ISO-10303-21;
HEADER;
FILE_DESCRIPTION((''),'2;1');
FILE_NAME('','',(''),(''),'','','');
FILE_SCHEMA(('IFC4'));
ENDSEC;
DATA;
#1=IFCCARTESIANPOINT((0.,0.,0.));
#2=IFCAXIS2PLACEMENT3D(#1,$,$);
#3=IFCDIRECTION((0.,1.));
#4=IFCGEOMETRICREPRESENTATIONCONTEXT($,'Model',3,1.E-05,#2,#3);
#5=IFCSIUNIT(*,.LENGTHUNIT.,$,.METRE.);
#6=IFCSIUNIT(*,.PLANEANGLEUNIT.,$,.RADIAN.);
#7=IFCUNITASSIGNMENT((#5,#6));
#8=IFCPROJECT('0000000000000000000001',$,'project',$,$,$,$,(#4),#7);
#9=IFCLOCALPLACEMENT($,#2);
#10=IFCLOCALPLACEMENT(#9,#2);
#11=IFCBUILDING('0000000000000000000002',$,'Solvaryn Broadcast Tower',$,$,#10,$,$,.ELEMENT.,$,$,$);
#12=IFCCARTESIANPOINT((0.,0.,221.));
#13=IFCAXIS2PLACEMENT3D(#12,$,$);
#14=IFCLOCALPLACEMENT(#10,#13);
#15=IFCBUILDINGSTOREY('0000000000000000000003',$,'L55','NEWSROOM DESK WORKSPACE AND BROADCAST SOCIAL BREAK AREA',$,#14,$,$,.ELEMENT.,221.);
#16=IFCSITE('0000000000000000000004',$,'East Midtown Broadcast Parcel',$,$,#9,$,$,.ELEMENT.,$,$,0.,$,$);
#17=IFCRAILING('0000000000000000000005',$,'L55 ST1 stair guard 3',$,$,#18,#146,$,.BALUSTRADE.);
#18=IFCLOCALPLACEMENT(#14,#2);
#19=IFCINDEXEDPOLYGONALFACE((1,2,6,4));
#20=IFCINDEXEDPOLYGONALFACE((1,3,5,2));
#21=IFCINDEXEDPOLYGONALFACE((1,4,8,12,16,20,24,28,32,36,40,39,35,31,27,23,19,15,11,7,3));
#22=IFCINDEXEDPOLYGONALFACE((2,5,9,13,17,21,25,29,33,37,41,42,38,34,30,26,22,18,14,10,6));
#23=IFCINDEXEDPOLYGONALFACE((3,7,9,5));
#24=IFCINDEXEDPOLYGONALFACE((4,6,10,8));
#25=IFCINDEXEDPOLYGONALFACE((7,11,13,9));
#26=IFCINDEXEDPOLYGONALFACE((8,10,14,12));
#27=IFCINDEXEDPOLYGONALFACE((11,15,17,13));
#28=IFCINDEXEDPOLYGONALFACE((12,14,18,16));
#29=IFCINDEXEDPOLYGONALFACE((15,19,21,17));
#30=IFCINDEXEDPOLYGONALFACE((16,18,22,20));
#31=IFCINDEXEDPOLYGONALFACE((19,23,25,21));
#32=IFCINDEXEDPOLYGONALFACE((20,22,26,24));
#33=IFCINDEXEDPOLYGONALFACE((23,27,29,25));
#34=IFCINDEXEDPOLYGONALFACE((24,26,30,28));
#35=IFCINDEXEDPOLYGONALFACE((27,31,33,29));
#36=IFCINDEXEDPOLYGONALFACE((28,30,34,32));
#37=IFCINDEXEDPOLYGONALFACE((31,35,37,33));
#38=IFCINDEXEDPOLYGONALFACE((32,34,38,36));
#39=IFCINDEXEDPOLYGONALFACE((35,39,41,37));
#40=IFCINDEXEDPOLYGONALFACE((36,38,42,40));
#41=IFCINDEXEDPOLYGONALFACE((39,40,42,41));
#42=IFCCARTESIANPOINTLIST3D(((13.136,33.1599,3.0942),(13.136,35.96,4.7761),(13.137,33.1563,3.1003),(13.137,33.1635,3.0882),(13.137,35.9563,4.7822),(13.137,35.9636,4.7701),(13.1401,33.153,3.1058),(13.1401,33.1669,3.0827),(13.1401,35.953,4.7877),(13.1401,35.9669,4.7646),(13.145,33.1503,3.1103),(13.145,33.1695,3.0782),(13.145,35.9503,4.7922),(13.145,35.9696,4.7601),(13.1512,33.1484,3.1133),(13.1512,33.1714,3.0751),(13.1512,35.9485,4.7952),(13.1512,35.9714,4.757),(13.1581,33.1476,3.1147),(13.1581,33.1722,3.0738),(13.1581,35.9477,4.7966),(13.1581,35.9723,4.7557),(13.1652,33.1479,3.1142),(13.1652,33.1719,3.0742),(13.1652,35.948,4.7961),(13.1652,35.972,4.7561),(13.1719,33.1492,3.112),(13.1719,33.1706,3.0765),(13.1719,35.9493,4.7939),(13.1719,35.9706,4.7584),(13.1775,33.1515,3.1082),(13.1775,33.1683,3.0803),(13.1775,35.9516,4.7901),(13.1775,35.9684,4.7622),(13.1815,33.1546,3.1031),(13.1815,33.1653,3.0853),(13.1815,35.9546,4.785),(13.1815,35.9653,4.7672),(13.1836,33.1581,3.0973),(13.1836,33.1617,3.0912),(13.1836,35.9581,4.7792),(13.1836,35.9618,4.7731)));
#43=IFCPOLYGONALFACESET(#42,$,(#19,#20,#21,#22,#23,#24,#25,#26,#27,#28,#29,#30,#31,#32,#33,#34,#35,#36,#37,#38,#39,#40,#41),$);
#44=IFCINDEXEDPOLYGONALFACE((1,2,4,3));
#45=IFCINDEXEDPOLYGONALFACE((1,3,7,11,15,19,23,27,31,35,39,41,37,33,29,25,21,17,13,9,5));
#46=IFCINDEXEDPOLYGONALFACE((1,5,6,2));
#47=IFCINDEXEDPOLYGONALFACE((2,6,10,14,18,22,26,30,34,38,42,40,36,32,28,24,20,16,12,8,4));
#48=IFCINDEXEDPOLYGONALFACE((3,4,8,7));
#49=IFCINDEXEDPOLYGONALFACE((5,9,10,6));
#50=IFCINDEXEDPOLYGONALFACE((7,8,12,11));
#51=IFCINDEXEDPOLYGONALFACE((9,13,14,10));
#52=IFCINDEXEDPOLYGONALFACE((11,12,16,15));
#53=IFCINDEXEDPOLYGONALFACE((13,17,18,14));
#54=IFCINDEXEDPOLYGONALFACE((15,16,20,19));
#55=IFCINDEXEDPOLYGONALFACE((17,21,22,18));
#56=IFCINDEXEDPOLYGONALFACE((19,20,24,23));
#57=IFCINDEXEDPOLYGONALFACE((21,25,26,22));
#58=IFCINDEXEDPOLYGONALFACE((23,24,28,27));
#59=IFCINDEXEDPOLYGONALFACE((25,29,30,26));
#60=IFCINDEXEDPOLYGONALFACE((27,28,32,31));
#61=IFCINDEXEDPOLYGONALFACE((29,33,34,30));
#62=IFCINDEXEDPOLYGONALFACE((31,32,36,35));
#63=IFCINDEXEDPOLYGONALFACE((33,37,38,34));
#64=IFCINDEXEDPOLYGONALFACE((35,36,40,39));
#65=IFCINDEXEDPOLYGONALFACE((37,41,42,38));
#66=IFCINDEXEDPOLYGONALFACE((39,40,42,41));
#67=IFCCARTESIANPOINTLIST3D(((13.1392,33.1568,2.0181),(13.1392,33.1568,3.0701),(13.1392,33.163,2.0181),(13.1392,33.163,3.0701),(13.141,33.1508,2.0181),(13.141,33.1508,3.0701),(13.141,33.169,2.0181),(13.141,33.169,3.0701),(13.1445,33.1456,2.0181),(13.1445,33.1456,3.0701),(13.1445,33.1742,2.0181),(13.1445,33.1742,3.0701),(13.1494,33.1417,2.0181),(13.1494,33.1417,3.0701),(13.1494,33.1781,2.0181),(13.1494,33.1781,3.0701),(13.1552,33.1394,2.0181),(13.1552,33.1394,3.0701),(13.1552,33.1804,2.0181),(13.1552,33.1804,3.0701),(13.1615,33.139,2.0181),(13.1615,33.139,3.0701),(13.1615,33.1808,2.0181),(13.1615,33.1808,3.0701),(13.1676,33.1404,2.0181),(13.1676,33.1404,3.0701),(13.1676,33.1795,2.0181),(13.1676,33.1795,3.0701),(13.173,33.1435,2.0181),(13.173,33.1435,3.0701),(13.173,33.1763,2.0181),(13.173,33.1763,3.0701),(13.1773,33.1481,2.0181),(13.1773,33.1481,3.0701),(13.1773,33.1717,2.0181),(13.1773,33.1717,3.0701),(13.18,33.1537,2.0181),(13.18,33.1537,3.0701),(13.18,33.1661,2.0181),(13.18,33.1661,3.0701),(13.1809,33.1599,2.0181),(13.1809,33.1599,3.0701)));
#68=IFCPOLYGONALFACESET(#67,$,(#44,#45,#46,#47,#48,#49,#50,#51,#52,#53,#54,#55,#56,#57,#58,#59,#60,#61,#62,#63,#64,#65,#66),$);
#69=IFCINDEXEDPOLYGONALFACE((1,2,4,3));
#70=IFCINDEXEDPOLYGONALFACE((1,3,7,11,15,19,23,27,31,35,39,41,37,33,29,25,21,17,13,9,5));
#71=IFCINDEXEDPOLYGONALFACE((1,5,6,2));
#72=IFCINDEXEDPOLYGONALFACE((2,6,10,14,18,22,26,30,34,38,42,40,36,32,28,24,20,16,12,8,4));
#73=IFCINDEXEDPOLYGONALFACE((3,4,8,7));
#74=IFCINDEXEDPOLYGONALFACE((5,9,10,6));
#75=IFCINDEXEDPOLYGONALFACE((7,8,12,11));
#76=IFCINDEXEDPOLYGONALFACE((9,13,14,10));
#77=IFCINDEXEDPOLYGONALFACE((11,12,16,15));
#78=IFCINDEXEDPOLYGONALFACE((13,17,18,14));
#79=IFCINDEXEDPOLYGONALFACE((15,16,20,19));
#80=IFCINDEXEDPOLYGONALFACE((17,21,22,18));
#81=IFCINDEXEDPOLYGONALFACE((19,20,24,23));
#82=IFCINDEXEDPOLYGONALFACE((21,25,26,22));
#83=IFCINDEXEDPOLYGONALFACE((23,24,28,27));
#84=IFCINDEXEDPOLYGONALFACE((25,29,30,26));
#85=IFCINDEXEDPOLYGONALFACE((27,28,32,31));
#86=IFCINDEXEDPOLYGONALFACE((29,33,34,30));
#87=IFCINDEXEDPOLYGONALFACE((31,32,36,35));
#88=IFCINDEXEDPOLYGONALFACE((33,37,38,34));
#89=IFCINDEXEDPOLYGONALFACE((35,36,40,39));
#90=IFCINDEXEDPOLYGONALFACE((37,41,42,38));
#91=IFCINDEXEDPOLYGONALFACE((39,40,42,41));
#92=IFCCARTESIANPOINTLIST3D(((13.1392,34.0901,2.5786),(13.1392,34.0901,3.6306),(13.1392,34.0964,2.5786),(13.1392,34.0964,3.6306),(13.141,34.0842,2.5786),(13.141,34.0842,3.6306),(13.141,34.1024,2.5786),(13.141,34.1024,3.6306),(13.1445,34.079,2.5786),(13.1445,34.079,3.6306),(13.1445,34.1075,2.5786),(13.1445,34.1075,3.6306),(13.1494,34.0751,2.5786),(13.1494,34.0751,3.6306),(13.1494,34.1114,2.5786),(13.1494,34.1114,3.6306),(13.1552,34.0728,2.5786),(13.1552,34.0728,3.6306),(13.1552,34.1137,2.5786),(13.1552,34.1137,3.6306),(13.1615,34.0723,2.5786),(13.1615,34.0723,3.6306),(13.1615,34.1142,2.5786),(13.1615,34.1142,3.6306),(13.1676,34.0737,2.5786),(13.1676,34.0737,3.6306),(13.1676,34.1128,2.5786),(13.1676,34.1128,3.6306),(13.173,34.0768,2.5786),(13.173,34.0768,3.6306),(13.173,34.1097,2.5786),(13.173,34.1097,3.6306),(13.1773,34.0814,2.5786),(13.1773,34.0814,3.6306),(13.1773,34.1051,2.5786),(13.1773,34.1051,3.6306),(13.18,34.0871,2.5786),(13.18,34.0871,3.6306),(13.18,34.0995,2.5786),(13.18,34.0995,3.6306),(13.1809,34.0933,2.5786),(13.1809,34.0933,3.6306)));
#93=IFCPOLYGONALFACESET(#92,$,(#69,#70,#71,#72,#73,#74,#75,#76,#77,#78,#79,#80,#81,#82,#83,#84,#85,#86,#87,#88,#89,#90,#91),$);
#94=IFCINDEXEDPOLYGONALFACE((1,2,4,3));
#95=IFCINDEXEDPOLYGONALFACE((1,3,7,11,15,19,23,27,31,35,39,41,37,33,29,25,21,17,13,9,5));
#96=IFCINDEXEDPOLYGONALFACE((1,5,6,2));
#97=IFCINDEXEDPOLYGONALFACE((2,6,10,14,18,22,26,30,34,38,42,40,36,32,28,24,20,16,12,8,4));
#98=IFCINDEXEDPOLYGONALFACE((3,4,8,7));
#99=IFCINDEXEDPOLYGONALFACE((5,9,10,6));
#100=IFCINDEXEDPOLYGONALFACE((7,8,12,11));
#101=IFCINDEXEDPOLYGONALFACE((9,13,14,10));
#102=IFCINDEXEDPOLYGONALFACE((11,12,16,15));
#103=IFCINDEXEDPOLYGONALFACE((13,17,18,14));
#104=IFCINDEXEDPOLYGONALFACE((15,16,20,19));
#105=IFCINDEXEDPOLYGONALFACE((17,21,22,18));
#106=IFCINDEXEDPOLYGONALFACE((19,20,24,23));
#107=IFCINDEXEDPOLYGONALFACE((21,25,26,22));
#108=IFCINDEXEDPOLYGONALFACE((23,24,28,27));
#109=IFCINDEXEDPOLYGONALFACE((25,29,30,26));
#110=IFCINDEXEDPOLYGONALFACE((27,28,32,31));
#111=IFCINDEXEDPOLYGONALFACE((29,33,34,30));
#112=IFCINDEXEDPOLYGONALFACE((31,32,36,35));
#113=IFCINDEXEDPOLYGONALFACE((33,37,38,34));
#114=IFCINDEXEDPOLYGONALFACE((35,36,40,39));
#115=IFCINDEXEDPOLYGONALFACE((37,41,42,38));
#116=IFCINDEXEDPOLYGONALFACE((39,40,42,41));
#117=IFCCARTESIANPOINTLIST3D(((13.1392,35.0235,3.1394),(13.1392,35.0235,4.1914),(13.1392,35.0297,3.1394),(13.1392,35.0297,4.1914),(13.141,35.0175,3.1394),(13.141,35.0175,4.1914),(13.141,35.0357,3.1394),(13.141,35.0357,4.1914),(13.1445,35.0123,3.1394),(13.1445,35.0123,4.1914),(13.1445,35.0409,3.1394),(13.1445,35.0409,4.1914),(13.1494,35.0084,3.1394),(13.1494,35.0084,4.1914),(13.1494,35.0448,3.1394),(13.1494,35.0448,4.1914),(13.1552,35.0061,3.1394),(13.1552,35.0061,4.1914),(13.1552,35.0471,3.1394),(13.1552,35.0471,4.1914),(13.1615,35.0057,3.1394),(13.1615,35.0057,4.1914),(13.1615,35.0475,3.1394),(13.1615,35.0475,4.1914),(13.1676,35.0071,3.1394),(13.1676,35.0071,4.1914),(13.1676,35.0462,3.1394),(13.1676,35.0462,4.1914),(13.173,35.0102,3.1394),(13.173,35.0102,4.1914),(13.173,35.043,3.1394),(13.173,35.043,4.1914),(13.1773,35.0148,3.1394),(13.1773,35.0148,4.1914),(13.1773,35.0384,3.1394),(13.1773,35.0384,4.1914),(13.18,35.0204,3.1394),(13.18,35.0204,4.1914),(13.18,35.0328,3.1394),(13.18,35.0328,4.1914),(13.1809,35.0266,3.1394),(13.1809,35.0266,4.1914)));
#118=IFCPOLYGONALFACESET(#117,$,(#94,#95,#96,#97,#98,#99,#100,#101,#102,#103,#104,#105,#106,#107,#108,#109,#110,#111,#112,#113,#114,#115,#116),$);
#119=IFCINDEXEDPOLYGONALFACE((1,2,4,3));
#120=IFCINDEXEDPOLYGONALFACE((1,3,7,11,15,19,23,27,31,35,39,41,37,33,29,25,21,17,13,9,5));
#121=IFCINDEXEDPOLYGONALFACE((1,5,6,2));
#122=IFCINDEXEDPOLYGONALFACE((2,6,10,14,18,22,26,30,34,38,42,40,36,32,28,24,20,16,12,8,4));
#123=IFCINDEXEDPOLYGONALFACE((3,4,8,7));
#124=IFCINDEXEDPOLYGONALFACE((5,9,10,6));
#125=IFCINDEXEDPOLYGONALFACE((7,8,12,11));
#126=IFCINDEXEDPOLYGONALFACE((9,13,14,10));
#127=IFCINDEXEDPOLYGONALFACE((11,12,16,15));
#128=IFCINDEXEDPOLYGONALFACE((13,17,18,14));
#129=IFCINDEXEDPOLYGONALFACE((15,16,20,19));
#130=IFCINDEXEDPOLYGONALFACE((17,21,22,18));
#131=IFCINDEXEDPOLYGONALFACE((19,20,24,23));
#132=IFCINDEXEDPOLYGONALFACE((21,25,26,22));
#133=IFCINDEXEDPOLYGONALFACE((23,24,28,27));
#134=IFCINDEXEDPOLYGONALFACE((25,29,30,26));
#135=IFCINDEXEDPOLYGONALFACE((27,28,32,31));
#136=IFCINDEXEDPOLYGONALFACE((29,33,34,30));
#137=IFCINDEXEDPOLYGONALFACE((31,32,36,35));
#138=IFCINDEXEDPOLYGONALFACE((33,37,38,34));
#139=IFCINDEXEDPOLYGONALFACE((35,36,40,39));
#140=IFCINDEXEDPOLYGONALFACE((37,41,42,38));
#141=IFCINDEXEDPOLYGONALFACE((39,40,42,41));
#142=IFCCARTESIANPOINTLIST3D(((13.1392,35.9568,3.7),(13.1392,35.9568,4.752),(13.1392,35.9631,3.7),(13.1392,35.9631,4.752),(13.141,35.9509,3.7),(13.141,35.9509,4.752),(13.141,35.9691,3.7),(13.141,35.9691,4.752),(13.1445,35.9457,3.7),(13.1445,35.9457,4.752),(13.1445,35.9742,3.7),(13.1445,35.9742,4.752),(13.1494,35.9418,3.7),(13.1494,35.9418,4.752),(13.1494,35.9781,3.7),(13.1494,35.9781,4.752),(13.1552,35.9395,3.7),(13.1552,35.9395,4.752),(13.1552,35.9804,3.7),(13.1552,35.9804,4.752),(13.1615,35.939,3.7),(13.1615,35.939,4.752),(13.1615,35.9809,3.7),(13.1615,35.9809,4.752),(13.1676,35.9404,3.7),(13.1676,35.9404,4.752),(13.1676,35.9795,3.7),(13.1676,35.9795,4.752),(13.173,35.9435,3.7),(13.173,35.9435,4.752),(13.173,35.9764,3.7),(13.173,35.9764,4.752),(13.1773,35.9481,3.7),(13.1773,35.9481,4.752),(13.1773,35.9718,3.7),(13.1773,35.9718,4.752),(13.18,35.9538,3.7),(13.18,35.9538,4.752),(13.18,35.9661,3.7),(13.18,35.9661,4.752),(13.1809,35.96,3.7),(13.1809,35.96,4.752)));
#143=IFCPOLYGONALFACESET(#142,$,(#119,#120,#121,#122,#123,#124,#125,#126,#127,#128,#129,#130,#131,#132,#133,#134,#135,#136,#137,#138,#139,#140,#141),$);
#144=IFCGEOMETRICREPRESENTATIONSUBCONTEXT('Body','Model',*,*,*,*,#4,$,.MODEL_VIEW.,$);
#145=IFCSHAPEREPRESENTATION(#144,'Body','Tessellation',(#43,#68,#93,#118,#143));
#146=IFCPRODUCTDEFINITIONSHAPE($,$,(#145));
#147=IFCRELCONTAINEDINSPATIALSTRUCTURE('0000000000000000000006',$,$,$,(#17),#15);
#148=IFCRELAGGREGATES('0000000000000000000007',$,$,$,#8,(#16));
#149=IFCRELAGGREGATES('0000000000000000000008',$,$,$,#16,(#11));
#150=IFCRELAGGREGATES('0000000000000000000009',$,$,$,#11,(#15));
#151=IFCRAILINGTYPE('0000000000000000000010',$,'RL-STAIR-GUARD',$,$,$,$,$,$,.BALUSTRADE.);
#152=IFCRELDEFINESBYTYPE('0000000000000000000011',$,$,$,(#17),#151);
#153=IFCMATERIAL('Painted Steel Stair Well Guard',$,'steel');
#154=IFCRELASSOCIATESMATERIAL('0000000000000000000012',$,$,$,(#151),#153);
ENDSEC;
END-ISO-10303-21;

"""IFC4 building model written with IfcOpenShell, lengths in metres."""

from ifc_helpers import new_model, si_unit, direction, frame, origin, origin_2d, place, context, subcontext, project, spatial, circle, extrude, material, type_object, element, save


model = new_model("IFC4")

# Units and contexts
model_context = context("Model", 3, precision=1e-05, world=origin(), true_north=direction((0.0, 1.0)))
body_context = subcontext(model_context, "Body", "Model", "MODEL_VIEW")
ifc_project = project(units=[si_unit("LENGTHUNIT", "METRE"), si_unit("PLANEANGLEUNIT", "RADIAN")], contexts=[model_context])

# Site, building, storey
site_placement = place(None, origin())
site = spatial("IfcSite", under=ifc_project, at=site_placement, Name="East Midtown Broadcast Parcel", CompositionType="ELEMENT", RefElevation=0.0)
building_placement = place(site_placement, origin())
building = spatial("IfcBuilding", under=site, at=building_placement, Name="Solvaryn Broadcast Tower", CompositionType="ELEMENT")
storey_placement = place(building_placement, frame((0.0, 0.0, 221.0)))
storey = spatial("IfcBuildingStorey", under=building, at=storey_placement, Name="L55", Description="NEWSROOM DESK WORKSPACE AND BROADCAST SOCIAL BREAK AREA", CompositionType="ELEMENT", Elevation=221.0)

# Railing
ifc_material_1 = material(Name="Painted Steel Stair Well Guard", Category="steel")
railing_type_1 = type_object("IfcRailingType", Name="RL-STAIR-GUARD", PredefinedType="BALUSTRADE", material=ifc_material_1)
railing_1_placement = place(storey_placement, frame((13.1599, 33.1599, 2.0181)))
element("IfcRailing", 1, at=railing_1_placement, inside=storey, type_object=railing_type_1, Name="L55 ST1 stair guard 3", PredefinedType="BALUSTRADE", context=body_context, shape_type="SweptSolid", body=[
    extrude(circle(Radius=0.0239, at=origin_2d()), frame((0.0, 0.0, 1.0762), z_axis=(0.0, 0.857242, 0.514913), x_axis=(-1.0, 0.0, 0.0)), (0.0, 0.0, 1.0), 3.2664),
    extrude(circle(Radius=0.021, at=origin_2d()), origin(), (0.0, 0.0, 1.0), 1.052),
    extrude(circle(Radius=0.021, at=origin_2d()), frame((0.0, 0.9333, 0.5605)), (0.0, 0.0, 1.0), 1.052),
    extrude(circle(Radius=0.021, at=origin_2d()), frame((0.0, 1.8667, 1.1213)), (0.0, 0.0, 1.0), 1.052),
    extrude(circle(Radius=0.021, at=origin_2d()), frame((0.0, 2.8, 1.6819)), (0.0, 0.0, 1.0), 1.052),
])

save(model, "model.ifc")
